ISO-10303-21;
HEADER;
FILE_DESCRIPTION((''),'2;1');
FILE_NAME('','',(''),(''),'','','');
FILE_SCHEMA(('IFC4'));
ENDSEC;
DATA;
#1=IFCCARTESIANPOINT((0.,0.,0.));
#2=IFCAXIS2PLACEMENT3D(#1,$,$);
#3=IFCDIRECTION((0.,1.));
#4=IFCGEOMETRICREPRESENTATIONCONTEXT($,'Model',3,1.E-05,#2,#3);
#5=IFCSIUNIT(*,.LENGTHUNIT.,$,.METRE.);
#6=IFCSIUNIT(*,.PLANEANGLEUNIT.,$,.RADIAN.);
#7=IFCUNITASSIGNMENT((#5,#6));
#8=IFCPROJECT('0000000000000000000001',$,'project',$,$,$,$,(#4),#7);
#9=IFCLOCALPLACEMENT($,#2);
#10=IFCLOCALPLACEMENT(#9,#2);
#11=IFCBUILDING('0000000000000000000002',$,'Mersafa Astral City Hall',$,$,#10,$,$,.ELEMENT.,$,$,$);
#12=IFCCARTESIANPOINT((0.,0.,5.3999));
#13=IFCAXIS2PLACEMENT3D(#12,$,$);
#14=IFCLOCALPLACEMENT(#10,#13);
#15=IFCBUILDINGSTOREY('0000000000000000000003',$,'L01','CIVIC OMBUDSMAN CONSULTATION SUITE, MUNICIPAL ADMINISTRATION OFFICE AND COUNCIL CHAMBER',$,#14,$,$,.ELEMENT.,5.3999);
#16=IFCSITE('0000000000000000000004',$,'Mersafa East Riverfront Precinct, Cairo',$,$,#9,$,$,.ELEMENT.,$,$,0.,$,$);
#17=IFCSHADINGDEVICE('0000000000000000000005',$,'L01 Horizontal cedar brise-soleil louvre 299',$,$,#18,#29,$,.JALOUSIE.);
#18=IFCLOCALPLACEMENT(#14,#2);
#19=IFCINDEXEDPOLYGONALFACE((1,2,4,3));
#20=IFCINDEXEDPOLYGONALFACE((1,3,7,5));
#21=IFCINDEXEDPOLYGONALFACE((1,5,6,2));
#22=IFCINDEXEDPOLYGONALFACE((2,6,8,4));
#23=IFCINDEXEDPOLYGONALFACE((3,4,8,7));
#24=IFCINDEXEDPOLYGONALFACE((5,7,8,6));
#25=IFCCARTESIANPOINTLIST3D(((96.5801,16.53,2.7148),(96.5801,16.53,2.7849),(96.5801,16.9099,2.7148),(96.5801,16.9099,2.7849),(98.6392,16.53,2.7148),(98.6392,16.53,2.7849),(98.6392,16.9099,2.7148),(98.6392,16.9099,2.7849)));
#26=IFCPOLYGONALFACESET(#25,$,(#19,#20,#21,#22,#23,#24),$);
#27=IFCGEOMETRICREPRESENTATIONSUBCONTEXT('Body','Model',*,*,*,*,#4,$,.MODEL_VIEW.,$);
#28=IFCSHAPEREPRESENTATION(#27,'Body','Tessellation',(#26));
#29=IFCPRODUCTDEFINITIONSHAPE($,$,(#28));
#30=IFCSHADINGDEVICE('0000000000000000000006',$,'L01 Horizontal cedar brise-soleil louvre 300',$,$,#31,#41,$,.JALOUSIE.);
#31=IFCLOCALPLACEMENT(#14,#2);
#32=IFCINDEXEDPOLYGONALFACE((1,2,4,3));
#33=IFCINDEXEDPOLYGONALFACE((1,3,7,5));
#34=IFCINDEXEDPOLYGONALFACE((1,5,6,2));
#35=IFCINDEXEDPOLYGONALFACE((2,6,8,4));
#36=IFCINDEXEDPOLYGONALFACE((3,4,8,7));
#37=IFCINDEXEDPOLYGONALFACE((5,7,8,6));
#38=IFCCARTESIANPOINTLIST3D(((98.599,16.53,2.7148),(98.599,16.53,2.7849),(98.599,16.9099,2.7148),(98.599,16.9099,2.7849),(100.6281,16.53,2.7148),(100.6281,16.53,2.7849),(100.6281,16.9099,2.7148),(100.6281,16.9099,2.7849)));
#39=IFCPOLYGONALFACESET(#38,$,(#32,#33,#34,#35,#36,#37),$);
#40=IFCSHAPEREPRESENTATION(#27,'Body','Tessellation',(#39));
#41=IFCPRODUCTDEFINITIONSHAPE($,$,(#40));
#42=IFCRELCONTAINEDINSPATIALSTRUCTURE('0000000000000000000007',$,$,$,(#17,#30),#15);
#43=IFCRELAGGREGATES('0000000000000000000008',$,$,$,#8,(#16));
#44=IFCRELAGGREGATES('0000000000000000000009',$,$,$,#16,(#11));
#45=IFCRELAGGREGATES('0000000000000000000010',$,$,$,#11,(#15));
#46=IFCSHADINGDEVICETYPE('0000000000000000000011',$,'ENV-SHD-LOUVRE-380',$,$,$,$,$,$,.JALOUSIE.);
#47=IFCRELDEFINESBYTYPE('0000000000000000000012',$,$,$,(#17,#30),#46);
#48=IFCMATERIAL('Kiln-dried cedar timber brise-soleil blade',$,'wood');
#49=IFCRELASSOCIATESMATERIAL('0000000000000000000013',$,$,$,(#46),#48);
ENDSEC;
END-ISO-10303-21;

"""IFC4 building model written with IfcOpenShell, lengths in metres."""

from ifc_helpers import new_model, si_unit, direction, frame, origin, origin_2d, place, context, subcontext, project, spatial, rectangle, extrude, material, type_object, element, save


model = new_model("IFC4")

# Units and contexts
model_context = context("Model", 3, precision=1e-05, world=origin(), true_north=direction((0.0, 1.0)))
body_context = subcontext(model_context, "Body", "Model", "MODEL_VIEW")
ifc_project = project(units=[si_unit("LENGTHUNIT", "METRE"), si_unit("PLANEANGLEUNIT", "RADIAN")], contexts=[model_context])

# Site, building, storey
site_placement = place(None, origin())
site = spatial("IfcSite", under=ifc_project, at=site_placement, Name="Mersafa East Riverfront Precinct, Cairo", CompositionType="ELEMENT", RefElevation=0.0)
building_placement = place(site_placement, origin())
building = spatial("IfcBuilding", under=site, at=building_placement, Name="Mersafa Astral City Hall", CompositionType="ELEMENT")
storey_placement = place(building_placement, frame((0.0, 0.0, 5.3999)))
storey = spatial("IfcBuildingStorey", under=building, at=storey_placement, Name="L01", Description="CIVIC OMBUDSMAN CONSULTATION SUITE, MUNICIPAL ADMINISTRATION OFFICE AND COUNCIL CHAMBER", CompositionType="ELEMENT", Elevation=5.3999)

# Shading devices
ifc_material_1 = material(Name="Kiln-dried cedar timber brise-soleil blade", Category="wood")
shading_device_type = type_object("IfcShadingDeviceType", Name="ENV-SHD-LOUVRE-380", PredefinedType="JALOUSIE", material=ifc_material_1)
for number, where, z_axis, x_axis, name in (
    (1, (97.6096, 16.72, 2.7148), (0.0, 0.0, 1.0), (1.0, 0.0, 0.0), "L01 Horizontal cedar brise-soleil louvre 299"),
):
    element("IfcShadingDevice", number, at=place(storey_placement, frame(where, z_axis=z_axis, x_axis=x_axis)), inside=storey, type_object=shading_device_type, Name=name, PredefinedType="JALOUSIE", context=body_context, shape_type="SweptSolid", body=[
        extrude(rectangle(XDim=2.0591, YDim=0.3799, at=origin_2d()), origin(), (0.0, 0.0, 1.0), 0.0701),
    ])
shading_device_1_placement = place(storey_placement, frame((99.6135, 16.72, 2.7148), z_axis=(0.0, 0.0, 1.0), x_axis=(1.0, 0.0, 0.0)))
element("IfcShadingDevice", 2, at=shading_device_1_placement, inside=storey, type_object=shading_device_type, Name="L01 Horizontal cedar brise-soleil louvre 300", PredefinedType="JALOUSIE", context=body_context, shape_type="SweptSolid", body=[
    extrude(rectangle(XDim=2.0291, YDim=0.3799, at=origin_2d()), origin(), (0.0, 0.0, 1.0), 0.0701),
])

save(model, "model.ifc")
